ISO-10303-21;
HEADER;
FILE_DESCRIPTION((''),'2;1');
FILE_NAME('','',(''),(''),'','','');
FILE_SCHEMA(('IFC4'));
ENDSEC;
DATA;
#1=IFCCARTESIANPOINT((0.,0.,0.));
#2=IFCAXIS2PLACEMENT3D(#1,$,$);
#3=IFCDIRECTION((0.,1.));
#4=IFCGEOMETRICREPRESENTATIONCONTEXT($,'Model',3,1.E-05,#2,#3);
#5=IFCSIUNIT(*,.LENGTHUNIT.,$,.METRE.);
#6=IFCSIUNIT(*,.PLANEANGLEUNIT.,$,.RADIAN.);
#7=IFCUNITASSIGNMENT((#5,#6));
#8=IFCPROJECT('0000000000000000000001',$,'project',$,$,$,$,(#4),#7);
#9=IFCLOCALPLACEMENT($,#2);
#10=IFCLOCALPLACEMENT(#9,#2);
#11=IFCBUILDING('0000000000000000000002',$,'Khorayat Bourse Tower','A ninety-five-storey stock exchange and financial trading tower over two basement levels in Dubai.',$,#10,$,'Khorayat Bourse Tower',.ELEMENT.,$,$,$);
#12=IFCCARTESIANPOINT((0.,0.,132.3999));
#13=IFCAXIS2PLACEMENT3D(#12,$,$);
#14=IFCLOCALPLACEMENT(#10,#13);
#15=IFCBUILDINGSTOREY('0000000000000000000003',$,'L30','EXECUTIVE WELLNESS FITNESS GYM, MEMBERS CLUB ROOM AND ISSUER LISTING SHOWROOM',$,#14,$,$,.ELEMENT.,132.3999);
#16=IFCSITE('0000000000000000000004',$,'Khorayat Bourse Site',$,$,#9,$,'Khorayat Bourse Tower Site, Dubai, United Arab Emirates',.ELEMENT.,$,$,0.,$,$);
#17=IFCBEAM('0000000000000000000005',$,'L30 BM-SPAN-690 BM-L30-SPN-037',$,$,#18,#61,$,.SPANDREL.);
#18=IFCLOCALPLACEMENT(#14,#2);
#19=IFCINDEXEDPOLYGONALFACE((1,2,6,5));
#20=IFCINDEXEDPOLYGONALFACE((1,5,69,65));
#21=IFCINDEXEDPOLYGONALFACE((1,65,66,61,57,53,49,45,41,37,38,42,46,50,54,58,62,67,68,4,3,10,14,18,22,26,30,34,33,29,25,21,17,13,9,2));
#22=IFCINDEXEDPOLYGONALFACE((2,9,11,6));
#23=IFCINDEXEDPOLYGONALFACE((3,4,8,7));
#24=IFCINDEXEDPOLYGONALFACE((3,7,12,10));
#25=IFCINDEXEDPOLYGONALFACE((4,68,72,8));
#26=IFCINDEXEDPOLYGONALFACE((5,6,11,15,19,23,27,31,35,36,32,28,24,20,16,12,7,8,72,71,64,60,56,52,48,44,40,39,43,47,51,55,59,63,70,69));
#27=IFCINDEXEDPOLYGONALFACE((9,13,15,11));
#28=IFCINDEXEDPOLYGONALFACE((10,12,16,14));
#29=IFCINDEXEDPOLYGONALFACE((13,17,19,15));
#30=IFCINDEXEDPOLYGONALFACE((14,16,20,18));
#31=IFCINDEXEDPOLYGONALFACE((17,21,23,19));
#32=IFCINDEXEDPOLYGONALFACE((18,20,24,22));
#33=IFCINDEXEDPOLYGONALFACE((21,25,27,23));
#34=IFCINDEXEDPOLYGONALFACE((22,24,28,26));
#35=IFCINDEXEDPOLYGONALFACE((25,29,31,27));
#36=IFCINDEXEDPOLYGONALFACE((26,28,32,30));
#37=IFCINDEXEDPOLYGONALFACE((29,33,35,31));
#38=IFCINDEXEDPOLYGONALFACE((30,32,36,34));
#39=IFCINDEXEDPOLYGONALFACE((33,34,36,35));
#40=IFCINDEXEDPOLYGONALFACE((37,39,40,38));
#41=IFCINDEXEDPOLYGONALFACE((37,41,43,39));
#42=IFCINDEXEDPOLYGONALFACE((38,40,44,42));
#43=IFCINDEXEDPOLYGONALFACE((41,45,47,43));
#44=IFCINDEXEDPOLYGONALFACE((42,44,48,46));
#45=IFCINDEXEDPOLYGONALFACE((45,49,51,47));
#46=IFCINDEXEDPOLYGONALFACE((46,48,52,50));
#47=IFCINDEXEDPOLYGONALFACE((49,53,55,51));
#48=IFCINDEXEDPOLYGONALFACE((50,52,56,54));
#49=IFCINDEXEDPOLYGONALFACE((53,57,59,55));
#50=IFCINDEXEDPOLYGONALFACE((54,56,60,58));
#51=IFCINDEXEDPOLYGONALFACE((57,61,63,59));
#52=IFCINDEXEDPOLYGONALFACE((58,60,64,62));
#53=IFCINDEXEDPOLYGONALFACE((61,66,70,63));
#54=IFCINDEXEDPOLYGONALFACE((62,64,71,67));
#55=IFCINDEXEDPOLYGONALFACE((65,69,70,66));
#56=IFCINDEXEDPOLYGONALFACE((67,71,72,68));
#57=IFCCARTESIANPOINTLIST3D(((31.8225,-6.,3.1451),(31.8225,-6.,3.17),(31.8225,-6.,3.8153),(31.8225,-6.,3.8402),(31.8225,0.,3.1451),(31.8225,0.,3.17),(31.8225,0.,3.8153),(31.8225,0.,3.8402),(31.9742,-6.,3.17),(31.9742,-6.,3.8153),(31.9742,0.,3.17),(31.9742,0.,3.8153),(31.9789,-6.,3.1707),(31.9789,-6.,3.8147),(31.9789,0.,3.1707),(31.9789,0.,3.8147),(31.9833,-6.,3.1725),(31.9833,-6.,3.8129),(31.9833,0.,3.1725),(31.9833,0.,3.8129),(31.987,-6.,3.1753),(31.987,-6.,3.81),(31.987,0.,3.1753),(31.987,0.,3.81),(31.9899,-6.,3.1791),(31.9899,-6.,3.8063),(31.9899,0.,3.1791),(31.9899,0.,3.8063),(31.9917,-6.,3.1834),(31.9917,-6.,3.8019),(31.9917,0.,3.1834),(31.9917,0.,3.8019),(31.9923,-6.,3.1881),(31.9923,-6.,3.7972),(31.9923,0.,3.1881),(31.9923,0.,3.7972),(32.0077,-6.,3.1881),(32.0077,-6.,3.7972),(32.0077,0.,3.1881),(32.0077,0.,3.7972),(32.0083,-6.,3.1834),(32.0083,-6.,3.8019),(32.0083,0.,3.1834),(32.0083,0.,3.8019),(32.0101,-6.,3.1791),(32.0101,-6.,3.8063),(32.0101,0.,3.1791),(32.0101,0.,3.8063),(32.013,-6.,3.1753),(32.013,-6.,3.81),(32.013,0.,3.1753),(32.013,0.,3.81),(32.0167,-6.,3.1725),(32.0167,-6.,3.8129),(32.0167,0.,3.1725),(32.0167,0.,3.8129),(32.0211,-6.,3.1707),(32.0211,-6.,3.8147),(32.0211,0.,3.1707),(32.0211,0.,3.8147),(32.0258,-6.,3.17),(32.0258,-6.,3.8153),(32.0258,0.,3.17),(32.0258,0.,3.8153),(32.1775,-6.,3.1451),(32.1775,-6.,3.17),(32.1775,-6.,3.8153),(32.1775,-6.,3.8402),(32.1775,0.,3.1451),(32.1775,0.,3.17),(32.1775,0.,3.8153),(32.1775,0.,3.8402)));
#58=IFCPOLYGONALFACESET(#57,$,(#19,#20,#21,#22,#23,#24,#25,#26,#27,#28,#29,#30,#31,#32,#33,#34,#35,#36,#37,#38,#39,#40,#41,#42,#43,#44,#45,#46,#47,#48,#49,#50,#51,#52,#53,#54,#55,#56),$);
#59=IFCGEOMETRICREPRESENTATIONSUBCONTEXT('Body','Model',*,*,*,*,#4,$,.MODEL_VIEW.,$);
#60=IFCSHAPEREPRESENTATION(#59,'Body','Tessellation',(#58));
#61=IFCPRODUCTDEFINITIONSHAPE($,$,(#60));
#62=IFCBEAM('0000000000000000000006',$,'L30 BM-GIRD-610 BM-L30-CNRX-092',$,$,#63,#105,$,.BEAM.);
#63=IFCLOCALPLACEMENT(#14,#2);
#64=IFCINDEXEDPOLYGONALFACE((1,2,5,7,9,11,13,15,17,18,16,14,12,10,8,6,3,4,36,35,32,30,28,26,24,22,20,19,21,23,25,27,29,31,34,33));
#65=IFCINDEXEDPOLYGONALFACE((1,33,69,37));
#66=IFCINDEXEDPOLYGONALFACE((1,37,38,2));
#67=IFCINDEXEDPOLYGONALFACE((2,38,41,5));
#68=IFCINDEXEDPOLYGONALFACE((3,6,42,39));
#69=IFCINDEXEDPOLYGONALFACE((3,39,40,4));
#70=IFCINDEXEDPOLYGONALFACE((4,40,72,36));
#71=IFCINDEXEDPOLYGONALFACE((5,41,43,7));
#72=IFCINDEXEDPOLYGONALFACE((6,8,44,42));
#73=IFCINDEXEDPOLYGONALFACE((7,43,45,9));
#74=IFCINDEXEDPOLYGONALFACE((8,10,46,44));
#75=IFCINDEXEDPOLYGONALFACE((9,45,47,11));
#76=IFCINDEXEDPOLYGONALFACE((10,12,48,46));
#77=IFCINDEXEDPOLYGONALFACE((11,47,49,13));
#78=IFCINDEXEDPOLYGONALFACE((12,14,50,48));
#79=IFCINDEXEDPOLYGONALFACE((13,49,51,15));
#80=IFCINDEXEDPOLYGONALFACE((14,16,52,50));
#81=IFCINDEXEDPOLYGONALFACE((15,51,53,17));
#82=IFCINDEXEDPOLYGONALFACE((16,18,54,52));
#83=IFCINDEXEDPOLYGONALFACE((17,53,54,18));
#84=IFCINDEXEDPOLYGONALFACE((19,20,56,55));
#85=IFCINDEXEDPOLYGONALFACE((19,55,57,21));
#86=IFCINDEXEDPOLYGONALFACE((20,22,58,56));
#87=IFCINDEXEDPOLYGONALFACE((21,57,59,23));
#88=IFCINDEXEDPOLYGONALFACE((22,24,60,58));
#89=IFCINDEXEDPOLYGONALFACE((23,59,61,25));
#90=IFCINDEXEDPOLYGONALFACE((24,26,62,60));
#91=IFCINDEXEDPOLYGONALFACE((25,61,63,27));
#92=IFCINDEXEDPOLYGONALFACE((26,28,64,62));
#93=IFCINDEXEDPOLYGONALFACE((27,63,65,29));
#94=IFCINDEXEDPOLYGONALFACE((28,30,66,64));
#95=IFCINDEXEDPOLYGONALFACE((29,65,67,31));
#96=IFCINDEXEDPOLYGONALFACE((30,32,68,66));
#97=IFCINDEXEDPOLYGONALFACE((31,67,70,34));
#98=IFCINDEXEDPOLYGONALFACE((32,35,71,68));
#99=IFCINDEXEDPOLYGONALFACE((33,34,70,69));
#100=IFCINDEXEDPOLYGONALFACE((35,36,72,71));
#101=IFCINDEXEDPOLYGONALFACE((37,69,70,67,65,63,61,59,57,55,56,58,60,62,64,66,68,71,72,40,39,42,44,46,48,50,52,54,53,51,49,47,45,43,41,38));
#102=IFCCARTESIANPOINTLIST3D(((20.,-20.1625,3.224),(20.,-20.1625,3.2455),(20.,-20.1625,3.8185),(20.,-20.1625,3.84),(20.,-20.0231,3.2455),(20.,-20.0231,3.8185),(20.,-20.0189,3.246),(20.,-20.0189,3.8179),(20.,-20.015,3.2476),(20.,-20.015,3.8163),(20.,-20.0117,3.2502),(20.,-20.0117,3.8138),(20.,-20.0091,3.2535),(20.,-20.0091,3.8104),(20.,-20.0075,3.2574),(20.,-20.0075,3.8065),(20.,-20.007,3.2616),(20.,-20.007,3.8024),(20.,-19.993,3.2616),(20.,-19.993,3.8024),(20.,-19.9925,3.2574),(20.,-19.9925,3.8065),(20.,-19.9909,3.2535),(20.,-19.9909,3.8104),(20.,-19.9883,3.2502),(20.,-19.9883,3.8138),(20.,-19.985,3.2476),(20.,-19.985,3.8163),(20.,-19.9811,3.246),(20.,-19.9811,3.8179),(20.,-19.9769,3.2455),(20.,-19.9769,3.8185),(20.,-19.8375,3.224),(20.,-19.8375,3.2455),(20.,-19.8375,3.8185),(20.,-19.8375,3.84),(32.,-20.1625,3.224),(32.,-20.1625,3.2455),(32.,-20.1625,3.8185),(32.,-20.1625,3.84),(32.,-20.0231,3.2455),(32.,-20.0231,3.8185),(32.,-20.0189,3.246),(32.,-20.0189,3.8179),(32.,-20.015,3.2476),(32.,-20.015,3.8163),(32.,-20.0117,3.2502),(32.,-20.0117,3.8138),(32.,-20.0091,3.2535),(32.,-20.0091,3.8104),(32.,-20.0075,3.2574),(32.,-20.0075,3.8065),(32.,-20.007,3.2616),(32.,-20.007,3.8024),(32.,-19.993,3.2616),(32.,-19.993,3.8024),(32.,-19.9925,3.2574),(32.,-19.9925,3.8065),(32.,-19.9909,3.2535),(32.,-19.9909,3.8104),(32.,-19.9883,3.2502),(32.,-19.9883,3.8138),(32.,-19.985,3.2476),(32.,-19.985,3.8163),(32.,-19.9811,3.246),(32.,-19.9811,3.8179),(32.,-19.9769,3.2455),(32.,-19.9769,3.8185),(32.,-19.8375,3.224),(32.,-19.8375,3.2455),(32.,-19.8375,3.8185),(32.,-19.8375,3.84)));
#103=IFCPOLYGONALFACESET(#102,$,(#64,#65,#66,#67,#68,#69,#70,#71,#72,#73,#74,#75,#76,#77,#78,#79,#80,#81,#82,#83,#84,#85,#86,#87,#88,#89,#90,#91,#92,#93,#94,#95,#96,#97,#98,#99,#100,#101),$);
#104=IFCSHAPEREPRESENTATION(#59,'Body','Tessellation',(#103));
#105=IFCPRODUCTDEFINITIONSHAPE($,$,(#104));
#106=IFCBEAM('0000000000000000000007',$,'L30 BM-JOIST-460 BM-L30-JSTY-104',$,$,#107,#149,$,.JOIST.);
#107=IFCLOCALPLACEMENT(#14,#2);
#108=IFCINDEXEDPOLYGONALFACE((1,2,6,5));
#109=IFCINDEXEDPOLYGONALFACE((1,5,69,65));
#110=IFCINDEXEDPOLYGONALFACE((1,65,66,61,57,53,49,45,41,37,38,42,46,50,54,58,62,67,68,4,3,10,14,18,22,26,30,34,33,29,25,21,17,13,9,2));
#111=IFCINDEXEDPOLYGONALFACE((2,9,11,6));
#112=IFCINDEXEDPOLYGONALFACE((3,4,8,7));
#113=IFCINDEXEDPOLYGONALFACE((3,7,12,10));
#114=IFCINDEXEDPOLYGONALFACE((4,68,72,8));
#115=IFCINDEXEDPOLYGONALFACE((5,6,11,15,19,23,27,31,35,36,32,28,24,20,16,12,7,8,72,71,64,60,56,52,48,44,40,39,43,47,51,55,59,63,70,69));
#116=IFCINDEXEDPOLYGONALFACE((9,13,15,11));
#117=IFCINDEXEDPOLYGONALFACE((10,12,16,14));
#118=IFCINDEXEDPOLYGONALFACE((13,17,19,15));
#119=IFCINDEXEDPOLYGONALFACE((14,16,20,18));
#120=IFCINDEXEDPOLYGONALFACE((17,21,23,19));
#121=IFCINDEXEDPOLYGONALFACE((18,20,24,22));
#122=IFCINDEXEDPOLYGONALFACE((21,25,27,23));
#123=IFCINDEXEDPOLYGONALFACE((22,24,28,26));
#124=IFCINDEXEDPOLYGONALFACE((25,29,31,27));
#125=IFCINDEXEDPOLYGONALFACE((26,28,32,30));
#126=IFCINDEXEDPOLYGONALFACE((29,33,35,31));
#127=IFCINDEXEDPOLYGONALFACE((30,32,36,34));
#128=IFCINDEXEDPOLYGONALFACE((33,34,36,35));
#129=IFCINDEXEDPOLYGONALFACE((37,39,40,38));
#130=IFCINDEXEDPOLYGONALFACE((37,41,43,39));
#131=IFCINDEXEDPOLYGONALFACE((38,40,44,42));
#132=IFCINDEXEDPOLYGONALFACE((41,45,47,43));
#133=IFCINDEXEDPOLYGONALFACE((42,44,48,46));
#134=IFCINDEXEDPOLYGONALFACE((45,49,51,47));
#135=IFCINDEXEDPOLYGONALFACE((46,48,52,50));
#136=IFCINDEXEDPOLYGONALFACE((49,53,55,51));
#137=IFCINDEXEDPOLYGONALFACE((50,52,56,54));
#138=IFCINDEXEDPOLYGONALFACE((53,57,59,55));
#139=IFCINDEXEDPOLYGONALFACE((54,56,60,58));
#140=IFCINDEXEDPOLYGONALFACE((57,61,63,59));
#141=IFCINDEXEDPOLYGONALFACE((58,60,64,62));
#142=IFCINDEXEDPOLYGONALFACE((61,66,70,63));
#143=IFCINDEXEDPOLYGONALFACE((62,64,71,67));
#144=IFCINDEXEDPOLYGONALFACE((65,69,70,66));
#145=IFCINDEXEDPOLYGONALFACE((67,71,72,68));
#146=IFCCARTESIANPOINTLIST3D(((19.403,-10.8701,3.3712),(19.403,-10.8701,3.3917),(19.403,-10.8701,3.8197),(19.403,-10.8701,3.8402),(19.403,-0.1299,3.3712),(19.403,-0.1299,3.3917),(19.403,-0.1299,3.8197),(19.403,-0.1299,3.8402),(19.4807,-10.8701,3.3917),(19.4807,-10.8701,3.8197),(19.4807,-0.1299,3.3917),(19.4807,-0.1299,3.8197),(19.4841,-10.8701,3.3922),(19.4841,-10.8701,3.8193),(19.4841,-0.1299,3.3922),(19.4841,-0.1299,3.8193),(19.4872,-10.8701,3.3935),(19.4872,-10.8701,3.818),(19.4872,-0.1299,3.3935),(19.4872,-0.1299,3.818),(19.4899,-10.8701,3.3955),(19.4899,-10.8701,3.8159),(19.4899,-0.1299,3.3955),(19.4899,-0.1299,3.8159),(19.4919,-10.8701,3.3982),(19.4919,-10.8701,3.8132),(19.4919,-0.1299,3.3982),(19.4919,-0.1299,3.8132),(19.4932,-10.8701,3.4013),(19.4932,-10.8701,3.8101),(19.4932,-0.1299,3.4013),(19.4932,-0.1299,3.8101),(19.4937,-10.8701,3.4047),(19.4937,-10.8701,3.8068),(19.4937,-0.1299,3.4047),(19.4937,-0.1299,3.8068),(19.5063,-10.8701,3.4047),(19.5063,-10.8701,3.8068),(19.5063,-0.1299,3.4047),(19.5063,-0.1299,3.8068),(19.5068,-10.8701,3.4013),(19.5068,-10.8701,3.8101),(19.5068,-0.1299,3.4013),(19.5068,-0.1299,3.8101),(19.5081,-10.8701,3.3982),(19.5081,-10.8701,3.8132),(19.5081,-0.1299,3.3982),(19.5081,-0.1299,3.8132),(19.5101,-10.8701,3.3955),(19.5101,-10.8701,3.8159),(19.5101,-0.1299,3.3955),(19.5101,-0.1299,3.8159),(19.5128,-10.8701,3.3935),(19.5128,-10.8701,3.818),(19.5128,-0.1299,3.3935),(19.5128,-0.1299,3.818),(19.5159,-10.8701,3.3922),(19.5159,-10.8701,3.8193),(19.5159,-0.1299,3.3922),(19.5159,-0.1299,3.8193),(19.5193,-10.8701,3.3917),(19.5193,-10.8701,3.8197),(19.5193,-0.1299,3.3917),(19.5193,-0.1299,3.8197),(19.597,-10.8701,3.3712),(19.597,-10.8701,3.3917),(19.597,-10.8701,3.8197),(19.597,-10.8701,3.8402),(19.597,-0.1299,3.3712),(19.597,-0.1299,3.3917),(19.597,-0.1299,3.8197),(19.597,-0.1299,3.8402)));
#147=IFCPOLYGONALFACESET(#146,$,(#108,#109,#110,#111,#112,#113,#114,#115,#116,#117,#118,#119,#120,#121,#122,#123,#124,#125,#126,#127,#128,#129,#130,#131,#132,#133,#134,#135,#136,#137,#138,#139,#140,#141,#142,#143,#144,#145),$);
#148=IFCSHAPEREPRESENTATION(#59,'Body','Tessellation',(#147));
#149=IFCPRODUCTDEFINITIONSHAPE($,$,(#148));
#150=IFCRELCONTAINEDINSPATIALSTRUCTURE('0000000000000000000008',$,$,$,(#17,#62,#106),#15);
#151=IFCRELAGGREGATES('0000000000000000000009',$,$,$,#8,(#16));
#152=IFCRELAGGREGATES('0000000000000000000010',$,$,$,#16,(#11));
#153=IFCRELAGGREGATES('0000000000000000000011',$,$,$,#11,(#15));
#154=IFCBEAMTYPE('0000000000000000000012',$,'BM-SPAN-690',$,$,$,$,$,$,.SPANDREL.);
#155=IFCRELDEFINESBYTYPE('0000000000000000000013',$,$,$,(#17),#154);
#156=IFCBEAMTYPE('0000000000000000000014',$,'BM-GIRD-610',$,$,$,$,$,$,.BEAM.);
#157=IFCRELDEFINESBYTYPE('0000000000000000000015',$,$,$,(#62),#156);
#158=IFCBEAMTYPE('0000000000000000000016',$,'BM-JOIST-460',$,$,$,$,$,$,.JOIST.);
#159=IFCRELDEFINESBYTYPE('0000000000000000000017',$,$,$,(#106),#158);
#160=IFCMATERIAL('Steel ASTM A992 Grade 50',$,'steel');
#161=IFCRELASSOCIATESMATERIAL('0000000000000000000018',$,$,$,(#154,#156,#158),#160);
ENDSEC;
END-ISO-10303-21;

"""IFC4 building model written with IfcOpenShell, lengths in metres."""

from ifc_helpers import new_model, si_unit, direction, frame, origin, origin_2d, place, context, subcontext, project, spatial, i_section, extrude, source, transform, mapped, material, material_profile, profile_set, type_object, element, save


model = new_model("IFC4")

# Units and contexts
model_context = context("Model", 3, precision=1e-05, world=origin(), true_north=direction((0.0, 1.0)))
body_context = subcontext(model_context, "Body", "Model", "MODEL_VIEW")
ifc_project = project(units=[si_unit("LENGTHUNIT", "METRE"), si_unit("PLANEANGLEUNIT", "RADIAN")], contexts=[model_context])

# Site, building, storey
site_placement = place(None, origin())
site = spatial("IfcSite", under=ifc_project, at=site_placement, Name="Khorayat Bourse Site", LongName="Khorayat Bourse Tower Site, Dubai, United Arab Emirates", CompositionType="ELEMENT", RefElevation=0.0)
building_placement = place(site_placement, origin())
building = spatial("IfcBuilding", under=site, at=building_placement, Name="Khorayat Bourse Tower", Description="A ninety-five-storey stock exchange and financial trading tower over two basement levels in Dubai.", LongName="Khorayat Bourse Tower", CompositionType="ELEMENT")
storey_placement = place(building_placement, frame((0.0, 0.0, 132.3999)))
storey = spatial("IfcBuildingStorey", under=building, at=storey_placement, Name="L30", Description="EXECUTIVE WELLNESS FITNESS GYM, MEMBERS CLUB ROOM AND ISSUER LISTING SHOWROOM", CompositionType="ELEMENT", Elevation=132.3999)

# Beams
ifc_material_1 = material(Name="Steel ASTM A992 Grade 50", Category="steel")
ifc_material_profile_1 = material_profile(ifc_material_1, i_section(OverallWidth=0.355, OverallDepth=0.6951, WebThickness=0.0154, FlangeThickness=0.0249, FilletRadius=0.0181, at=origin_2d()), Name="W690X217")
ifc_profile_set_1 = profile_set([ifc_material_profile_1], Name="Steel ASTM A992 Grade 50")
beam_type_1 = type_object("IfcBeamType", Name="BM-SPAN-690", PredefinedType="SPANDREL", material=ifc_profile_set_1)
shared_shape_1 = source(origin(), body_context, "Body", "SweptSolid", [
    extrude(i_section(OverallWidth=0.355, OverallDepth=0.6951, WebThickness=0.0154, FlangeThickness=0.0249, FilletRadius=0.0181, at=origin_2d()), origin(), (0.0, 0.0, 1.0), 6.0),
])
beam_1_placement = place(storey_placement, frame((32.0, -6.0, 3.4927), z_axis=(0.0, 1.0, 0.0), x_axis=(-1.0, 0.0, 0.0)))
element("IfcBeam", 1, at=beam_1_placement, inside=storey, type_object=beam_type_1, Name="L30 BM-SPAN-690 BM-L30-SPN-037", PredefinedType="SPANDREL", context=body_context, shape_type="MappedRepresentation", body=[
    mapped(shared_shape_1, transform((0.0, 0.0, 0.0), scale=1.0)),
])
ifc_material_profile_2 = material_profile(ifc_material_1, i_section(OverallWidth=0.325, OverallDepth=0.616, WebThickness=0.0139, FlangeThickness=0.0215, FilletRadius=0.0161, at=origin_2d()), Name="W610X174")
ifc_profile_set_2 = profile_set([ifc_material_profile_2], Name="Steel ASTM A992 Grade 50")
beam_type_2 = type_object("IfcBeamType", Name="BM-GIRD-610", PredefinedType="BEAM", material=ifc_profile_set_2)
shared_shape_2 = source(origin(), body_context, "Body", "SweptSolid", [
    extrude(i_section(OverallWidth=0.325, OverallDepth=0.616, WebThickness=0.0139, FlangeThickness=0.0215, FilletRadius=0.0161, at=origin_2d()), origin(), (0.0, 0.0, 1.0), 12.0),
])
beam_2_placement = place(storey_placement, frame((20.0, -20.0, 3.532), z_axis=(1.0, 0.0, 0.0), x_axis=(0.0, 1.0, 0.0)))
element("IfcBeam", 2, at=beam_2_placement, inside=storey, type_object=beam_type_2, Name="L30 BM-GIRD-610 BM-L30-CNRX-092", PredefinedType="BEAM", context=body_context, shape_type="MappedRepresentation", body=[
    mapped(shared_shape_2, transform((0.0, 0.0, 0.0), scale=1.0)),
])
ifc_material_profile_3 = material_profile(ifc_material_1, i_section(OverallWidth=0.1941, OverallDepth=0.469, WebThickness=0.0127, FlangeThickness=0.0205, FilletRadius=0.0129, at=origin_2d()), Name="W460X106")
ifc_profile_set_3 = profile_set([ifc_material_profile_3], Name="Steel ASTM A992 Grade 50")
beam_type_3 = type_object("IfcBeamType", Name="BM-JOIST-460", PredefinedType="JOIST", material=ifc_profile_set_3)
shared_shape_3 = source(origin(), body_context, "Body", "SweptSolid", [
    extrude(i_section(OverallWidth=0.1941, OverallDepth=0.469, WebThickness=0.0127, FlangeThickness=0.0205, FilletRadius=0.0129, at=origin_2d()), origin(), (0.0, 0.0, 1.0), 10.7402),
])
beam_3_placement = place(storey_placement, frame((19.5, -10.8701, 3.6057), z_axis=(0.0, 1.0, 0.0), x_axis=(-1.0, 0.0, 0.0)))
element("IfcBeam", 3, at=beam_3_placement, inside=storey, type_object=beam_type_3, Name="L30 BM-JOIST-460 BM-L30-JSTY-104", PredefinedType="JOIST", context=body_context, shape_type="MappedRepresentation", body=[
    mapped(shared_shape_3, transform((0.0, 0.0, 0.0), scale=1.0)),
])

save(model, "model.ifc")
